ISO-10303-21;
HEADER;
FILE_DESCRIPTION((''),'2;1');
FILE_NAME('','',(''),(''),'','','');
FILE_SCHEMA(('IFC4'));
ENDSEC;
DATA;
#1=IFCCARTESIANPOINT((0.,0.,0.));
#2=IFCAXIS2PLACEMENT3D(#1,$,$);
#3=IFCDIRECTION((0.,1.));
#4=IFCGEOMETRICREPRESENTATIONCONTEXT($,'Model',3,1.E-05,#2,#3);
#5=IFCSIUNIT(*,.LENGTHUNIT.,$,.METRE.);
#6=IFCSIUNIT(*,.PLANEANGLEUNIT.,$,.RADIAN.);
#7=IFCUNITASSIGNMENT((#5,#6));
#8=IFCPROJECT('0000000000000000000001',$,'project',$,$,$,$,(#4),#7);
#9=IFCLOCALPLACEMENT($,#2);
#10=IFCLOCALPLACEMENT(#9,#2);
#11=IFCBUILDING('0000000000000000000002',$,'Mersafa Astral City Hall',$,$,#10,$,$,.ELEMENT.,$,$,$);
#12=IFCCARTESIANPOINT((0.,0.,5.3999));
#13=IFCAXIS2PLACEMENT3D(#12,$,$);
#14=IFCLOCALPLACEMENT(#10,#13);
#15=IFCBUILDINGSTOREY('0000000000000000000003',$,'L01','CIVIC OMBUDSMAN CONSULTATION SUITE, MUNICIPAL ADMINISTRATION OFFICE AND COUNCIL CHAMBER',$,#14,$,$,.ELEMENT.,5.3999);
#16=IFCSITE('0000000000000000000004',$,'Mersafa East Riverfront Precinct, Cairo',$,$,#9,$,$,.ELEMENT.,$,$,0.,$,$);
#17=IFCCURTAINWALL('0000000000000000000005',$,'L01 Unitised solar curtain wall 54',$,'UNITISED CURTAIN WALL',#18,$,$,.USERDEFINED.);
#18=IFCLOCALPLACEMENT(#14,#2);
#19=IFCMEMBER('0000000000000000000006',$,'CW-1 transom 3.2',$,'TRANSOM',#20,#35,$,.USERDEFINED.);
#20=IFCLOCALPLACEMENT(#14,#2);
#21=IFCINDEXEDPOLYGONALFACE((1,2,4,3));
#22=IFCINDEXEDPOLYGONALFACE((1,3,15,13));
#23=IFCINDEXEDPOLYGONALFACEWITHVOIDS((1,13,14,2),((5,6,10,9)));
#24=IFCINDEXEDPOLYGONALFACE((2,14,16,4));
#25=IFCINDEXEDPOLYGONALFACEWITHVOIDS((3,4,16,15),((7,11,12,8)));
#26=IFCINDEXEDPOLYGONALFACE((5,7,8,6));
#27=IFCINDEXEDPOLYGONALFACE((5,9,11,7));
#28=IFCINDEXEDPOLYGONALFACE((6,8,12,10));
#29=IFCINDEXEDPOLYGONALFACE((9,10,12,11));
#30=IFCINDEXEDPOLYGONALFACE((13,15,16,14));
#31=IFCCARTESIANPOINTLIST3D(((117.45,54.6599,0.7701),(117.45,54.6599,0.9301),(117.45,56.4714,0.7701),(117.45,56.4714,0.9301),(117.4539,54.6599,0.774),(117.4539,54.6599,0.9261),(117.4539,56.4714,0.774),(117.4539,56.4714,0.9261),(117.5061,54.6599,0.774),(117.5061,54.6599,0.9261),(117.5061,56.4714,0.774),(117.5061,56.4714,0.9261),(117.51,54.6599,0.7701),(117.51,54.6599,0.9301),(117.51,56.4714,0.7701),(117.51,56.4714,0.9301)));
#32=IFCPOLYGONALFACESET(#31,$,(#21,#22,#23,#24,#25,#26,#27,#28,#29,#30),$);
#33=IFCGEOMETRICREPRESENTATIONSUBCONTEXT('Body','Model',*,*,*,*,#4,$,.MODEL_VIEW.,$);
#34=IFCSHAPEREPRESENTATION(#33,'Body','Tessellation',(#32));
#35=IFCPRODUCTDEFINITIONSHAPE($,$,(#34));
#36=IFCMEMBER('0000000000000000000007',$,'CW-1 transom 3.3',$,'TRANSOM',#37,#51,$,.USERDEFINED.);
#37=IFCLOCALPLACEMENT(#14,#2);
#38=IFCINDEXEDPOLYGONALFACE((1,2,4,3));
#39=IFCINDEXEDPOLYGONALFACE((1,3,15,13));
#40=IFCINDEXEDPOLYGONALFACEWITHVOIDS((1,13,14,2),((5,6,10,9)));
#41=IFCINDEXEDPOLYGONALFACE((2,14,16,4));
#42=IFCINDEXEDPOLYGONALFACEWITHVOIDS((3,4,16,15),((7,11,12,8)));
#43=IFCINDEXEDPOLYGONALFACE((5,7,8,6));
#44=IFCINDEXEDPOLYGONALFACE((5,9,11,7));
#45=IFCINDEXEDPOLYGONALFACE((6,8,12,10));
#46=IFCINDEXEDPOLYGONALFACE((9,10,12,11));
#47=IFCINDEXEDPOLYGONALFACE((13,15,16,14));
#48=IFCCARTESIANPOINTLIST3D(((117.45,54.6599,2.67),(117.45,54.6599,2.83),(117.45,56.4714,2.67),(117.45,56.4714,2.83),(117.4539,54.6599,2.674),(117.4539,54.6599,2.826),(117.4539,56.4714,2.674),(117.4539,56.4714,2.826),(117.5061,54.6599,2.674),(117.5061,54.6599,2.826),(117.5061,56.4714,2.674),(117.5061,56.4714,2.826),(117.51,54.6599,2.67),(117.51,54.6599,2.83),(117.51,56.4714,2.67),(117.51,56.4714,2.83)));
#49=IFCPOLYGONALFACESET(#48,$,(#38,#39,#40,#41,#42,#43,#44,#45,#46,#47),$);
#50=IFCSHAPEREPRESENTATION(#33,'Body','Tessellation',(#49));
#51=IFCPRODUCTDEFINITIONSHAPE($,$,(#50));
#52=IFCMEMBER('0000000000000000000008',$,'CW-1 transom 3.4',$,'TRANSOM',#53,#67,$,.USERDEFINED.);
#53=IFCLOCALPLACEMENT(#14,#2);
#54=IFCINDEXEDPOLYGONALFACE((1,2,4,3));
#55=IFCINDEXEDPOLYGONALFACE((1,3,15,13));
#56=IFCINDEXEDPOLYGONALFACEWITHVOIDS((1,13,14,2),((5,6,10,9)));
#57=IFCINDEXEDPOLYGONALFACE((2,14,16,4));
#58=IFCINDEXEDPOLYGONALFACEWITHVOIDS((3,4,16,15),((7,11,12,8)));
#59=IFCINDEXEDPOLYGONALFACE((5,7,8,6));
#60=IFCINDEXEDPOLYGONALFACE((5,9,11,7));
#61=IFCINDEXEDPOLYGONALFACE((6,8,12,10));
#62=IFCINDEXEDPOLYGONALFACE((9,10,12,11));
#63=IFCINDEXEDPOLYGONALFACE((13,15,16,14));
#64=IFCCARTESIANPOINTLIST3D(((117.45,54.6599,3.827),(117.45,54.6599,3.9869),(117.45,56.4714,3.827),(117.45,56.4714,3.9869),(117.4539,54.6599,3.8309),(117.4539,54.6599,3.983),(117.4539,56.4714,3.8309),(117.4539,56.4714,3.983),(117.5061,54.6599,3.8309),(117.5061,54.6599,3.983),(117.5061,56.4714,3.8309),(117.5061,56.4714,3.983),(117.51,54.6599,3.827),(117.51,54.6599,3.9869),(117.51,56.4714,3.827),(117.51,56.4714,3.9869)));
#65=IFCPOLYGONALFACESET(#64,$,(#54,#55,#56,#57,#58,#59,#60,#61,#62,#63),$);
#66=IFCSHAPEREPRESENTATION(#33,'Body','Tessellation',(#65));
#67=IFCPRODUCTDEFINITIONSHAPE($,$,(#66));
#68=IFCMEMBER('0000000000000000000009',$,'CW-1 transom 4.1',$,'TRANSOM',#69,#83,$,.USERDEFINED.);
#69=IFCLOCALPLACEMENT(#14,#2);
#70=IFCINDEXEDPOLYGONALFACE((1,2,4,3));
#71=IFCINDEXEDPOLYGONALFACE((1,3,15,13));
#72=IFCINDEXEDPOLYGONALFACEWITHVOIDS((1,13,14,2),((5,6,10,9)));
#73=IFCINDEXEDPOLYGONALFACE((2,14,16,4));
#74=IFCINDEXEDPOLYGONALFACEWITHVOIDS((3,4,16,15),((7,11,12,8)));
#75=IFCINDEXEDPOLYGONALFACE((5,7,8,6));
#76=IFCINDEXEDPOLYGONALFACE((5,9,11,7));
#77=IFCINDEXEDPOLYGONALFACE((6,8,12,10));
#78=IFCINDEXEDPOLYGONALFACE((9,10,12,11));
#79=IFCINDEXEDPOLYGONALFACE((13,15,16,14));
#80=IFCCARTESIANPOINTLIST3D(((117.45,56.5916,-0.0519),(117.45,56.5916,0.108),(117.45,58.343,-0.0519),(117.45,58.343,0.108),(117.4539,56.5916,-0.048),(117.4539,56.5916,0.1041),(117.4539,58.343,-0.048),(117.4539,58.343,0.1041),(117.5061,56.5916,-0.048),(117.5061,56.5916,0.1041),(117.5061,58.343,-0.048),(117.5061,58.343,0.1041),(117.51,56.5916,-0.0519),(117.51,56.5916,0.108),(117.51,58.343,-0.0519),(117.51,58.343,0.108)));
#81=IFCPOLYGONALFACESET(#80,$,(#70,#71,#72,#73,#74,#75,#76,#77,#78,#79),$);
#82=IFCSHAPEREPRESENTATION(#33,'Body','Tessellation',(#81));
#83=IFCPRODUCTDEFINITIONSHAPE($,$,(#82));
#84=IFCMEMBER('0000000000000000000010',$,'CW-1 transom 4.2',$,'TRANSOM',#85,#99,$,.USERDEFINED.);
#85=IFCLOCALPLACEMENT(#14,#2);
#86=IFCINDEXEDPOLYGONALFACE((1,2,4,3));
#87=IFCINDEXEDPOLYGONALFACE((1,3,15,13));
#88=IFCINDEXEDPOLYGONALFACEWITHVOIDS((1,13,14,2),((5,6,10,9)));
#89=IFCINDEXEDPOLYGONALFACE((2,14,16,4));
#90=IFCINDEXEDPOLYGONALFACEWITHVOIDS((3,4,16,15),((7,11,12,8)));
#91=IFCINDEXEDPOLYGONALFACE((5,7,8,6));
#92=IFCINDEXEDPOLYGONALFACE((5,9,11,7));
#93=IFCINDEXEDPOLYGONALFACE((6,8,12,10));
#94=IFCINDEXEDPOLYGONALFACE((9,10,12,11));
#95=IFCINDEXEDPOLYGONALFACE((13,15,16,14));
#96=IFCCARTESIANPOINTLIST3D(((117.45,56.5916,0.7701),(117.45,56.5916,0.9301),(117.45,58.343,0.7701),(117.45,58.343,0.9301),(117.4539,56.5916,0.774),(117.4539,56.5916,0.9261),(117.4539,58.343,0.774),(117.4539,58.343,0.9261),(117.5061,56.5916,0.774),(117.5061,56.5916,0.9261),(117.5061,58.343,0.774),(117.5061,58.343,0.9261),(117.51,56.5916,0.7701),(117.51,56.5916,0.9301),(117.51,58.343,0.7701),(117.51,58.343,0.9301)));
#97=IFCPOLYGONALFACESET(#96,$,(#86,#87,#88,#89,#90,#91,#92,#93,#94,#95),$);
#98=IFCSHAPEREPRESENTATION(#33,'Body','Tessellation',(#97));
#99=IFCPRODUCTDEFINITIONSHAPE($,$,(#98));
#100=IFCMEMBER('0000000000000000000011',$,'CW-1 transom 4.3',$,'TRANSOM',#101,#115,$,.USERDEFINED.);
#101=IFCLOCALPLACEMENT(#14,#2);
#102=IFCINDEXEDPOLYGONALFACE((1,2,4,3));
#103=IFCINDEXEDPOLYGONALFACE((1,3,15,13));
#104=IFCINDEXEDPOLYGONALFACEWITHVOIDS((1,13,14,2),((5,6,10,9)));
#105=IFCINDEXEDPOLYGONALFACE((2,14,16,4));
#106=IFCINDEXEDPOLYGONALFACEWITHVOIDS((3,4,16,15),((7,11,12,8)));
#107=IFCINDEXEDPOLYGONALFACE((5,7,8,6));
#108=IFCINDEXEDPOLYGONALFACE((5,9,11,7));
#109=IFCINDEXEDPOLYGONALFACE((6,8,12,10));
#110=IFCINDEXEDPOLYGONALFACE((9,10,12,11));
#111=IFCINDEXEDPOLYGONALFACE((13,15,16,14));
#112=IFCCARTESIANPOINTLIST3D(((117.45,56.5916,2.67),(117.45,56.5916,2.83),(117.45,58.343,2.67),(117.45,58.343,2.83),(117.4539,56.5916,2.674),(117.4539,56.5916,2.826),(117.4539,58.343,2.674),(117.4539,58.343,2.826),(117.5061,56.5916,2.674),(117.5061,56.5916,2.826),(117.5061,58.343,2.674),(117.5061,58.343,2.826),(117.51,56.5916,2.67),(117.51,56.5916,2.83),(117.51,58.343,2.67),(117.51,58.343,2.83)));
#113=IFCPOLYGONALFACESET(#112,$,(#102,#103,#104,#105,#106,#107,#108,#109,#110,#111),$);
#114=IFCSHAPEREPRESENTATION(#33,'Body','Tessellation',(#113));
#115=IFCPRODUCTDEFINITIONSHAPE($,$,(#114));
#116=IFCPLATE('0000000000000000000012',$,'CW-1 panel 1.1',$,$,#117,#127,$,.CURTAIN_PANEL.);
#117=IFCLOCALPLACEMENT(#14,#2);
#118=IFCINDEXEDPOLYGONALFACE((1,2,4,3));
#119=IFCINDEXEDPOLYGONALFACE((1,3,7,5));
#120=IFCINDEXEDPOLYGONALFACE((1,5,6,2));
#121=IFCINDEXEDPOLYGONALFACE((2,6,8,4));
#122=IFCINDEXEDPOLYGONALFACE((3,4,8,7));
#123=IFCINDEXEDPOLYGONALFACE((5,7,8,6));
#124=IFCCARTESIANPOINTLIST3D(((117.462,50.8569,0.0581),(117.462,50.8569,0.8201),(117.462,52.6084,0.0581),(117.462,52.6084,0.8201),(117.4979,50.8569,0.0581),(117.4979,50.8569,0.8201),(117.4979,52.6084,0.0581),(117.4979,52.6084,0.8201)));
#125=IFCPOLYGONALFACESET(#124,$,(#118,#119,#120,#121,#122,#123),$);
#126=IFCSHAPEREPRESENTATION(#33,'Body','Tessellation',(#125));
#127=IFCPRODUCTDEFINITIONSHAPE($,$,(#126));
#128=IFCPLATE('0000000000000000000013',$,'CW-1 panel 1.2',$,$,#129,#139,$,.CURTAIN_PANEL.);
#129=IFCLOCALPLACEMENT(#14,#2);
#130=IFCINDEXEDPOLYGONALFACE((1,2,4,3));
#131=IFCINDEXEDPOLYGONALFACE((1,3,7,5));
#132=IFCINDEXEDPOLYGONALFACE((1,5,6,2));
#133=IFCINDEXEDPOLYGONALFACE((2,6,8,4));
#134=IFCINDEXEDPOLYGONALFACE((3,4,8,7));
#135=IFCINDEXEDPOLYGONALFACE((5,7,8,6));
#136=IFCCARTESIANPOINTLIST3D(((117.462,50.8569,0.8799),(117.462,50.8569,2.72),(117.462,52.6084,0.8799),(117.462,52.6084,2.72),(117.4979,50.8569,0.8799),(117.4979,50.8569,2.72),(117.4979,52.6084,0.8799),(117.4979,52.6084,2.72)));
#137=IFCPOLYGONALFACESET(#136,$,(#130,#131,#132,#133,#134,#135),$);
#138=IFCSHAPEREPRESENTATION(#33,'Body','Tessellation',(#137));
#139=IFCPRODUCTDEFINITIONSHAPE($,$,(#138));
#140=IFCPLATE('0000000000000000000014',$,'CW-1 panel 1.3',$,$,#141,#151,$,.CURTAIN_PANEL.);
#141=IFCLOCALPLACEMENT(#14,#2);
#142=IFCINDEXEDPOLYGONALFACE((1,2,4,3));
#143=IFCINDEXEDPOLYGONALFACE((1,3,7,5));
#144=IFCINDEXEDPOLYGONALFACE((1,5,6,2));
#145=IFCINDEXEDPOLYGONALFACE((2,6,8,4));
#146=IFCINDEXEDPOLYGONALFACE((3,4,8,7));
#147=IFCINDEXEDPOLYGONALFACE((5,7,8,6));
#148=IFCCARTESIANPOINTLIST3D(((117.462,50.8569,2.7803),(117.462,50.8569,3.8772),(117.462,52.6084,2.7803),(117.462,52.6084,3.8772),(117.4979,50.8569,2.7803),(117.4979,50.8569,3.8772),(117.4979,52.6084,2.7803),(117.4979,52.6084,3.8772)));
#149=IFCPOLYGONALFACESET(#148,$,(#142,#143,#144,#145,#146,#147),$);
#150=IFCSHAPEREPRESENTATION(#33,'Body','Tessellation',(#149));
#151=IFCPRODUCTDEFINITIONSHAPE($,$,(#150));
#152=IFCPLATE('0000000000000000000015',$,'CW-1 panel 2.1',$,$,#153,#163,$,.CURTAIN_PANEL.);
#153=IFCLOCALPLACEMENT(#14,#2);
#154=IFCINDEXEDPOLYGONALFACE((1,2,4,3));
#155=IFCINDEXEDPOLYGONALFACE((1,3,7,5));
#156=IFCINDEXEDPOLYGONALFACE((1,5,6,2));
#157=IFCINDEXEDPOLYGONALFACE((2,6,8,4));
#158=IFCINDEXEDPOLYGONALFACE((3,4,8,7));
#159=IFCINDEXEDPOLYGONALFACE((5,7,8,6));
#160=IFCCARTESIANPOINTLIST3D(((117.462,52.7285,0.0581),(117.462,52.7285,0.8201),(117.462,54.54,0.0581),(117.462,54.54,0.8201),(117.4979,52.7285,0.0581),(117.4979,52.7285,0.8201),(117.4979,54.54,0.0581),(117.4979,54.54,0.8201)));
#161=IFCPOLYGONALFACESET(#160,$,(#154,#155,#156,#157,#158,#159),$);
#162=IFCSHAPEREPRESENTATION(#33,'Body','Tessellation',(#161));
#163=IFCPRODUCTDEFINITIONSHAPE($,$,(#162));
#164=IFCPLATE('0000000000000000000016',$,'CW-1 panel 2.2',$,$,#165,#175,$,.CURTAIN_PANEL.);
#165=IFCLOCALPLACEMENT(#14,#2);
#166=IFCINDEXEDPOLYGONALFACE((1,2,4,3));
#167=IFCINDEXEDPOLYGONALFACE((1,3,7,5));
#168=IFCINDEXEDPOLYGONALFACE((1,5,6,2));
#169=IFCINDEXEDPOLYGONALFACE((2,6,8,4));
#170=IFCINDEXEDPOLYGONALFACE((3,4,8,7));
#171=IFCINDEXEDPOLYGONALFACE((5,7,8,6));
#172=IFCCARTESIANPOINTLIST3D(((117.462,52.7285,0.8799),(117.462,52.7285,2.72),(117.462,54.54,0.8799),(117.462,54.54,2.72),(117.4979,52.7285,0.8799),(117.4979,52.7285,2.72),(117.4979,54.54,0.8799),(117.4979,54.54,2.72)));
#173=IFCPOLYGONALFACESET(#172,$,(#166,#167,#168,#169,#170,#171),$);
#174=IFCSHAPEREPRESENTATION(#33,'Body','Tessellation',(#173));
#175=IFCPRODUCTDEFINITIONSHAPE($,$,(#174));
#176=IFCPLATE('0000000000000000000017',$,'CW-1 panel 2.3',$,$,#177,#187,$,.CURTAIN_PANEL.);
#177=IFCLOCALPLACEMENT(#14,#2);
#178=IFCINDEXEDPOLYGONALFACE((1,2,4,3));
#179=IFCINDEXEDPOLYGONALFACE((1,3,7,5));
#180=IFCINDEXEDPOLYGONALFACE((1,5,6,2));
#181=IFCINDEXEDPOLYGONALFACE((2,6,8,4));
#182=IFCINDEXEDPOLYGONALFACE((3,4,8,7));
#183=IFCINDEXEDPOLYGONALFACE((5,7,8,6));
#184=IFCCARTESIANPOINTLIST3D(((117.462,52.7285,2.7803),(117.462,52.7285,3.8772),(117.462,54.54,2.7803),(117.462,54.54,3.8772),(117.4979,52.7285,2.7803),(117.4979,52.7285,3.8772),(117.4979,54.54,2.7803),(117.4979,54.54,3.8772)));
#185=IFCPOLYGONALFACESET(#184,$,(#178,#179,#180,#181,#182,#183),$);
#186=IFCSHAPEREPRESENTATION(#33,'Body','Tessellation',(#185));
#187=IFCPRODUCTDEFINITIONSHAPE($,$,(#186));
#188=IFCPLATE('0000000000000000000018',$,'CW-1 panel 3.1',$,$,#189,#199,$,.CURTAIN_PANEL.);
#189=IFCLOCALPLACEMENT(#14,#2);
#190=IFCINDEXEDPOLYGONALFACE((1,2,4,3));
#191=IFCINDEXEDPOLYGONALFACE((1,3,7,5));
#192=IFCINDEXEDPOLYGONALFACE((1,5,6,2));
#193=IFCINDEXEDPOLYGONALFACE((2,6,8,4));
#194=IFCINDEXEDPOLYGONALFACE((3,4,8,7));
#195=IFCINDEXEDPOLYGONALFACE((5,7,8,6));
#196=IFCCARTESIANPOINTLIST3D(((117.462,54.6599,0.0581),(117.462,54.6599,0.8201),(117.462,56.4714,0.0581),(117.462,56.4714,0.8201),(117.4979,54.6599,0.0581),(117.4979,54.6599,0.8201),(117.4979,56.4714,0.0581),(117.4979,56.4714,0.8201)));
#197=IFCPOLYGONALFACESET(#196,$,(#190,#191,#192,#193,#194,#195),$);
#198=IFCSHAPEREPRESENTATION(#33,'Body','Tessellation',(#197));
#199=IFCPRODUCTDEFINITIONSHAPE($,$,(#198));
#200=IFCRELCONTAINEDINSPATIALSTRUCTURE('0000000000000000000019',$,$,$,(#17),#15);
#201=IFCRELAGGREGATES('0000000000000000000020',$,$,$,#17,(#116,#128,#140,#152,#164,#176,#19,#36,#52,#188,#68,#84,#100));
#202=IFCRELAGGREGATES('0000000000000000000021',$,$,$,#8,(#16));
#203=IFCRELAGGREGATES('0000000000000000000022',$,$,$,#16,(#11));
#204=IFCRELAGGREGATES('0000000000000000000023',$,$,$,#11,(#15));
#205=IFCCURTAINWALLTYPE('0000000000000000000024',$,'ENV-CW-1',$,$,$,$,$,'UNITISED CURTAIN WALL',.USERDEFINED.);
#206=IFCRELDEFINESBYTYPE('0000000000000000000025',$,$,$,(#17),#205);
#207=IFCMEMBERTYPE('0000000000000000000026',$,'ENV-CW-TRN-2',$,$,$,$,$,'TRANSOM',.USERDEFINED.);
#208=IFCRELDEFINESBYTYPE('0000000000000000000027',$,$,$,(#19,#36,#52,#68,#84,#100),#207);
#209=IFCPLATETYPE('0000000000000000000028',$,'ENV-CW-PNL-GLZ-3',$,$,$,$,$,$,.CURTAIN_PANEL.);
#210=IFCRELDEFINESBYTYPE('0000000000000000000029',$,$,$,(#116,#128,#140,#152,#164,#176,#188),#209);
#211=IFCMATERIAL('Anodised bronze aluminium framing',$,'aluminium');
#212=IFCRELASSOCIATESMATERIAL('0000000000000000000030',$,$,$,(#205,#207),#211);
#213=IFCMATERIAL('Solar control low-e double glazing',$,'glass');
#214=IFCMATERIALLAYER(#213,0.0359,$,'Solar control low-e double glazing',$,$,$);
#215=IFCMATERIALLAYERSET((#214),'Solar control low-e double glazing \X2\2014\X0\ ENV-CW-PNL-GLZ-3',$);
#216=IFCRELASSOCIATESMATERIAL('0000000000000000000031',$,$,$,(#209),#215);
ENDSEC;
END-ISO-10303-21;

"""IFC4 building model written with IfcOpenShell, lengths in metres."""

from ifc_helpers import new_model, si_unit, direction, frame, origin, origin_2d, place, context, subcontext, project, spatial, rectangle, hollow_rectangle, extrude, material, layer, layer_set, material_profile, profile_set, type_object, element, aggregate, save


model = new_model("IFC4")

# Units and contexts
model_context = context("Model", 3, precision=1e-05, world=origin(), true_north=direction((0.0, 1.0)))
body_context = subcontext(model_context, "Body", "Model", "MODEL_VIEW")
ifc_project = project(units=[si_unit("LENGTHUNIT", "METRE"), si_unit("PLANEANGLEUNIT", "RADIAN")], contexts=[model_context])

# Site, building, storey
site_placement = place(None, origin())
site = spatial("IfcSite", under=ifc_project, at=site_placement, Name="Mersafa East Riverfront Precinct, Cairo", CompositionType="ELEMENT", RefElevation=0.0)
building_placement = place(site_placement, origin())
building = spatial("IfcBuilding", under=site, at=building_placement, Name="Mersafa Astral City Hall", CompositionType="ELEMENT")
storey_placement = place(building_placement, frame((0.0, 0.0, 5.3999)))
storey = spatial("IfcBuildingStorey", under=building, at=storey_placement, Name="L01", Description="CIVIC OMBUDSMAN CONSULTATION SUITE, MUNICIPAL ADMINISTRATION OFFICE AND COUNCIL CHAMBER", CompositionType="ELEMENT", Elevation=5.3999)

# Curtain wall, members, plates
ifc_material_1 = material(Name="Anodised bronze aluminium framing", Category="aluminium")
curtain_wall_type = type_object("IfcCurtainWallType", Name="ENV-CW-1", ElementType="UNITISED CURTAIN WALL", PredefinedType="USERDEFINED", material=ifc_material_1)
curtain_wall_placement = place(storey_placement, origin())
curtain_wall = element("IfcCurtainWall", 1, at=curtain_wall_placement, inside=storey, type_object=curtain_wall_type, Name="L01 Unitised solar curtain wall 54", ObjectType="UNITISED CURTAIN WALL", PredefinedType="USERDEFINED")
ifc_material_profile_1 = material_profile(ifc_material_1, hollow_rectangle(XDim=0.0601, YDim=0.1599, WallThickness=0.0039, at=origin_2d()), Name="RHS 60x160x4")
ifc_profile_set_1 = profile_set([ifc_material_profile_1], Name="Anodised bronze aluminium framing")
member_type_1 = type_object("IfcMemberType", Name="ENV-CW-TRN-2", ElementType="TRANSOM", PredefinedType="USERDEFINED", material=ifc_profile_set_1)
member_1_placement = place(storey_placement, frame((117.48, 54.6599, 0.8501), z_axis=(0.0, 1.0, 0.0), x_axis=(-1.0, 0.0, 0.0)))
member_1 = element("IfcMember", 2, at=member_1_placement, type_object=member_type_1, Name="CW-1 transom 3.2", ObjectType="TRANSOM", PredefinedType="USERDEFINED", context=body_context, shape_type="SweptSolid", body=[
    extrude(hollow_rectangle(XDim=0.0601, YDim=0.1599, WallThickness=0.0039, at=origin_2d()), origin(), (0.0, 0.0, 1.0), 1.8115),
])
member_2_placement = place(storey_placement, frame((117.48, 54.6599, 2.75), z_axis=(0.0, 1.0, 0.0), x_axis=(-1.0, 0.0, 0.0)))
member_2 = element("IfcMember", 3, at=member_2_placement, type_object=member_type_1, Name="CW-1 transom 3.3", ObjectType="TRANSOM", PredefinedType="USERDEFINED", context=body_context, shape_type="SweptSolid", body=[
    extrude(hollow_rectangle(XDim=0.0601, YDim=0.1599, WallThickness=0.0039, at=origin_2d()), origin(), (0.0, 0.0, 1.0), 1.8115),
])
member_3_placement = place(storey_placement, frame((117.48, 54.6599, 3.907), z_axis=(0.0, 1.0, 0.0), x_axis=(-1.0, 0.0, 0.0)))
member_3 = element("IfcMember", 4, at=member_3_placement, type_object=member_type_1, Name="CW-1 transom 3.4", ObjectType="TRANSOM", PredefinedType="USERDEFINED", context=body_context, shape_type="SweptSolid", body=[
    extrude(hollow_rectangle(XDim=0.0601, YDim=0.1599, WallThickness=0.0039, at=origin_2d()), origin(), (0.0, 0.0, 1.0), 1.8115),
])
member_4_placement = place(storey_placement, frame((117.48, 56.5916, 0.0281), z_axis=(0.0, 1.0, 0.0), x_axis=(-1.0, 0.0, 0.0)))
member_4 = element("IfcMember", 5, at=member_4_placement, type_object=member_type_1, Name="CW-1 transom 4.1", ObjectType="TRANSOM", PredefinedType="USERDEFINED", context=body_context, shape_type="SweptSolid", body=[
    extrude(hollow_rectangle(XDim=0.0601, YDim=0.1599, WallThickness=0.0039, at=origin_2d()), origin(), (0.0, 0.0, 1.0), 1.7515),
])
member_5_placement = place(storey_placement, frame((117.48, 56.5916, 0.8501), z_axis=(0.0, 1.0, 0.0), x_axis=(-1.0, 0.0, 0.0)))
member_5 = element("IfcMember", 6, at=member_5_placement, type_object=member_type_1, Name="CW-1 transom 4.2", ObjectType="TRANSOM", PredefinedType="USERDEFINED", context=body_context, shape_type="SweptSolid", body=[
    extrude(hollow_rectangle(XDim=0.0601, YDim=0.1599, WallThickness=0.0039, at=origin_2d()), origin(), (0.0, 0.0, 1.0), 1.7515),
])
member_6_placement = place(storey_placement, frame((117.48, 56.5916, 2.75), z_axis=(0.0, 1.0, 0.0), x_axis=(-1.0, 0.0, 0.0)))
member_6 = element("IfcMember", 7, at=member_6_placement, type_object=member_type_1, Name="CW-1 transom 4.3", ObjectType="TRANSOM", PredefinedType="USERDEFINED", context=body_context, shape_type="SweptSolid", body=[
    extrude(hollow_rectangle(XDim=0.0601, YDim=0.1599, WallThickness=0.0039, at=origin_2d()), origin(), (0.0, 0.0, 1.0), 1.7515),
])
ifc_material_2 = material(Name="Solar control low-e double glazing", Category="glass")
ifc_layer = layer(ifc_material_2, 0.0359, Name="Solar control low-e double glazing")
ifc_layer_set = layer_set([ifc_layer], Name="Solar control low-e double glazing — ENV-CW-PNL-GLZ-3")
plate_type = type_object("IfcPlateType", Name="ENV-CW-PNL-GLZ-3", PredefinedType="CURTAIN_PANEL", material=ifc_layer_set)
plate_1_placement = place(storey_placement, frame((117.48, 51.7327, 0.0581), z_axis=(0.0, 0.0, 1.0), x_axis=(0.0, 1.0, 0.0)))
plate_1 = element("IfcPlate", 8, at=plate_1_placement, type_object=plate_type, Name="CW-1 panel 1.1", PredefinedType="CURTAIN_PANEL", context=body_context, shape_type="SweptSolid", body=[
    extrude(rectangle(XDim=1.7515, YDim=0.0359, at=origin_2d()), origin(), (0.0, 0.0, 1.0), 0.762),
])
plate_2_placement = place(storey_placement, frame((117.48, 51.7327, 0.8799), z_axis=(0.0, 0.0, 1.0), x_axis=(0.0, 1.0, 0.0)))
plate_2 = element("IfcPlate", 9, at=plate_2_placement, type_object=plate_type, Name="CW-1 panel 1.2", PredefinedType="CURTAIN_PANEL", context=body_context, shape_type="SweptSolid", body=[
    extrude(rectangle(XDim=1.7515, YDim=0.0359, at=origin_2d()), origin(), (0.0, 0.0, 1.0), 1.8401),
])
plate_3_placement = place(storey_placement, frame((117.48, 51.7327, 2.7803), z_axis=(0.0, 0.0, 1.0), x_axis=(0.0, 1.0, 0.0)))
plate_3 = element("IfcPlate", 10, at=plate_3_placement, type_object=plate_type, Name="CW-1 panel 1.3", PredefinedType="CURTAIN_PANEL", context=body_context, shape_type="SweptSolid", body=[
    extrude(rectangle(XDim=1.7515, YDim=0.0359, at=origin_2d()), origin(), (0.0, 0.0, 1.0), 1.0969),
])
plate_4_placement = place(storey_placement, frame((117.48, 53.6343, 0.0581), z_axis=(0.0, 0.0, 1.0), x_axis=(0.0, 1.0, 0.0)))
plate_4 = element("IfcPlate", 11, at=plate_4_placement, type_object=plate_type, Name="CW-1 panel 2.1", PredefinedType="CURTAIN_PANEL", context=body_context, shape_type="SweptSolid", body=[
    extrude(rectangle(XDim=1.8115, YDim=0.0359, at=origin_2d()), origin(), (0.0, 0.0, 1.0), 0.762),
])
plate_5_placement = place(storey_placement, frame((117.48, 53.6343, 0.8799), z_axis=(0.0, 0.0, 1.0), x_axis=(0.0, 1.0, 0.0)))
plate_5 = element("IfcPlate", 12, at=plate_5_placement, type_object=plate_type, Name="CW-1 panel 2.2", PredefinedType="CURTAIN_PANEL", context=body_context, shape_type="SweptSolid", body=[
    extrude(rectangle(XDim=1.8115, YDim=0.0359, at=origin_2d()), origin(), (0.0, 0.0, 1.0), 1.8401),
])
plate_6_placement = place(storey_placement, frame((117.48, 53.6343, 2.7803), z_axis=(0.0, 0.0, 1.0), x_axis=(0.0, 1.0, 0.0)))
plate_6 = element("IfcPlate", 13, at=plate_6_placement, type_object=plate_type, Name="CW-1 panel 2.3", PredefinedType="CURTAIN_PANEL", context=body_context, shape_type="SweptSolid", body=[
    extrude(rectangle(XDim=1.8115, YDim=0.0359, at=origin_2d()), origin(), (0.0, 0.0, 1.0), 1.0969),
])
plate_7_placement = place(storey_placement, frame((117.48, 55.5657, 0.0581), z_axis=(0.0, 0.0, 1.0), x_axis=(0.0, 1.0, 0.0)))
plate_7 = element("IfcPlate", 14, at=plate_7_placement, type_object=plate_type, Name="CW-1 panel 3.1", PredefinedType="CURTAIN_PANEL", context=body_context, shape_type="SweptSolid", body=[
    extrude(rectangle(XDim=1.8115, YDim=0.0359, at=origin_2d()), origin(), (0.0, 0.0, 1.0), 0.762),
])
aggregate(curtain_wall, [plate_1, plate_2, plate_3, plate_4, plate_5, plate_6, member_1, member_2, member_3, plate_7, member_4, member_5, member_6])

save(model, "model.ifc")
